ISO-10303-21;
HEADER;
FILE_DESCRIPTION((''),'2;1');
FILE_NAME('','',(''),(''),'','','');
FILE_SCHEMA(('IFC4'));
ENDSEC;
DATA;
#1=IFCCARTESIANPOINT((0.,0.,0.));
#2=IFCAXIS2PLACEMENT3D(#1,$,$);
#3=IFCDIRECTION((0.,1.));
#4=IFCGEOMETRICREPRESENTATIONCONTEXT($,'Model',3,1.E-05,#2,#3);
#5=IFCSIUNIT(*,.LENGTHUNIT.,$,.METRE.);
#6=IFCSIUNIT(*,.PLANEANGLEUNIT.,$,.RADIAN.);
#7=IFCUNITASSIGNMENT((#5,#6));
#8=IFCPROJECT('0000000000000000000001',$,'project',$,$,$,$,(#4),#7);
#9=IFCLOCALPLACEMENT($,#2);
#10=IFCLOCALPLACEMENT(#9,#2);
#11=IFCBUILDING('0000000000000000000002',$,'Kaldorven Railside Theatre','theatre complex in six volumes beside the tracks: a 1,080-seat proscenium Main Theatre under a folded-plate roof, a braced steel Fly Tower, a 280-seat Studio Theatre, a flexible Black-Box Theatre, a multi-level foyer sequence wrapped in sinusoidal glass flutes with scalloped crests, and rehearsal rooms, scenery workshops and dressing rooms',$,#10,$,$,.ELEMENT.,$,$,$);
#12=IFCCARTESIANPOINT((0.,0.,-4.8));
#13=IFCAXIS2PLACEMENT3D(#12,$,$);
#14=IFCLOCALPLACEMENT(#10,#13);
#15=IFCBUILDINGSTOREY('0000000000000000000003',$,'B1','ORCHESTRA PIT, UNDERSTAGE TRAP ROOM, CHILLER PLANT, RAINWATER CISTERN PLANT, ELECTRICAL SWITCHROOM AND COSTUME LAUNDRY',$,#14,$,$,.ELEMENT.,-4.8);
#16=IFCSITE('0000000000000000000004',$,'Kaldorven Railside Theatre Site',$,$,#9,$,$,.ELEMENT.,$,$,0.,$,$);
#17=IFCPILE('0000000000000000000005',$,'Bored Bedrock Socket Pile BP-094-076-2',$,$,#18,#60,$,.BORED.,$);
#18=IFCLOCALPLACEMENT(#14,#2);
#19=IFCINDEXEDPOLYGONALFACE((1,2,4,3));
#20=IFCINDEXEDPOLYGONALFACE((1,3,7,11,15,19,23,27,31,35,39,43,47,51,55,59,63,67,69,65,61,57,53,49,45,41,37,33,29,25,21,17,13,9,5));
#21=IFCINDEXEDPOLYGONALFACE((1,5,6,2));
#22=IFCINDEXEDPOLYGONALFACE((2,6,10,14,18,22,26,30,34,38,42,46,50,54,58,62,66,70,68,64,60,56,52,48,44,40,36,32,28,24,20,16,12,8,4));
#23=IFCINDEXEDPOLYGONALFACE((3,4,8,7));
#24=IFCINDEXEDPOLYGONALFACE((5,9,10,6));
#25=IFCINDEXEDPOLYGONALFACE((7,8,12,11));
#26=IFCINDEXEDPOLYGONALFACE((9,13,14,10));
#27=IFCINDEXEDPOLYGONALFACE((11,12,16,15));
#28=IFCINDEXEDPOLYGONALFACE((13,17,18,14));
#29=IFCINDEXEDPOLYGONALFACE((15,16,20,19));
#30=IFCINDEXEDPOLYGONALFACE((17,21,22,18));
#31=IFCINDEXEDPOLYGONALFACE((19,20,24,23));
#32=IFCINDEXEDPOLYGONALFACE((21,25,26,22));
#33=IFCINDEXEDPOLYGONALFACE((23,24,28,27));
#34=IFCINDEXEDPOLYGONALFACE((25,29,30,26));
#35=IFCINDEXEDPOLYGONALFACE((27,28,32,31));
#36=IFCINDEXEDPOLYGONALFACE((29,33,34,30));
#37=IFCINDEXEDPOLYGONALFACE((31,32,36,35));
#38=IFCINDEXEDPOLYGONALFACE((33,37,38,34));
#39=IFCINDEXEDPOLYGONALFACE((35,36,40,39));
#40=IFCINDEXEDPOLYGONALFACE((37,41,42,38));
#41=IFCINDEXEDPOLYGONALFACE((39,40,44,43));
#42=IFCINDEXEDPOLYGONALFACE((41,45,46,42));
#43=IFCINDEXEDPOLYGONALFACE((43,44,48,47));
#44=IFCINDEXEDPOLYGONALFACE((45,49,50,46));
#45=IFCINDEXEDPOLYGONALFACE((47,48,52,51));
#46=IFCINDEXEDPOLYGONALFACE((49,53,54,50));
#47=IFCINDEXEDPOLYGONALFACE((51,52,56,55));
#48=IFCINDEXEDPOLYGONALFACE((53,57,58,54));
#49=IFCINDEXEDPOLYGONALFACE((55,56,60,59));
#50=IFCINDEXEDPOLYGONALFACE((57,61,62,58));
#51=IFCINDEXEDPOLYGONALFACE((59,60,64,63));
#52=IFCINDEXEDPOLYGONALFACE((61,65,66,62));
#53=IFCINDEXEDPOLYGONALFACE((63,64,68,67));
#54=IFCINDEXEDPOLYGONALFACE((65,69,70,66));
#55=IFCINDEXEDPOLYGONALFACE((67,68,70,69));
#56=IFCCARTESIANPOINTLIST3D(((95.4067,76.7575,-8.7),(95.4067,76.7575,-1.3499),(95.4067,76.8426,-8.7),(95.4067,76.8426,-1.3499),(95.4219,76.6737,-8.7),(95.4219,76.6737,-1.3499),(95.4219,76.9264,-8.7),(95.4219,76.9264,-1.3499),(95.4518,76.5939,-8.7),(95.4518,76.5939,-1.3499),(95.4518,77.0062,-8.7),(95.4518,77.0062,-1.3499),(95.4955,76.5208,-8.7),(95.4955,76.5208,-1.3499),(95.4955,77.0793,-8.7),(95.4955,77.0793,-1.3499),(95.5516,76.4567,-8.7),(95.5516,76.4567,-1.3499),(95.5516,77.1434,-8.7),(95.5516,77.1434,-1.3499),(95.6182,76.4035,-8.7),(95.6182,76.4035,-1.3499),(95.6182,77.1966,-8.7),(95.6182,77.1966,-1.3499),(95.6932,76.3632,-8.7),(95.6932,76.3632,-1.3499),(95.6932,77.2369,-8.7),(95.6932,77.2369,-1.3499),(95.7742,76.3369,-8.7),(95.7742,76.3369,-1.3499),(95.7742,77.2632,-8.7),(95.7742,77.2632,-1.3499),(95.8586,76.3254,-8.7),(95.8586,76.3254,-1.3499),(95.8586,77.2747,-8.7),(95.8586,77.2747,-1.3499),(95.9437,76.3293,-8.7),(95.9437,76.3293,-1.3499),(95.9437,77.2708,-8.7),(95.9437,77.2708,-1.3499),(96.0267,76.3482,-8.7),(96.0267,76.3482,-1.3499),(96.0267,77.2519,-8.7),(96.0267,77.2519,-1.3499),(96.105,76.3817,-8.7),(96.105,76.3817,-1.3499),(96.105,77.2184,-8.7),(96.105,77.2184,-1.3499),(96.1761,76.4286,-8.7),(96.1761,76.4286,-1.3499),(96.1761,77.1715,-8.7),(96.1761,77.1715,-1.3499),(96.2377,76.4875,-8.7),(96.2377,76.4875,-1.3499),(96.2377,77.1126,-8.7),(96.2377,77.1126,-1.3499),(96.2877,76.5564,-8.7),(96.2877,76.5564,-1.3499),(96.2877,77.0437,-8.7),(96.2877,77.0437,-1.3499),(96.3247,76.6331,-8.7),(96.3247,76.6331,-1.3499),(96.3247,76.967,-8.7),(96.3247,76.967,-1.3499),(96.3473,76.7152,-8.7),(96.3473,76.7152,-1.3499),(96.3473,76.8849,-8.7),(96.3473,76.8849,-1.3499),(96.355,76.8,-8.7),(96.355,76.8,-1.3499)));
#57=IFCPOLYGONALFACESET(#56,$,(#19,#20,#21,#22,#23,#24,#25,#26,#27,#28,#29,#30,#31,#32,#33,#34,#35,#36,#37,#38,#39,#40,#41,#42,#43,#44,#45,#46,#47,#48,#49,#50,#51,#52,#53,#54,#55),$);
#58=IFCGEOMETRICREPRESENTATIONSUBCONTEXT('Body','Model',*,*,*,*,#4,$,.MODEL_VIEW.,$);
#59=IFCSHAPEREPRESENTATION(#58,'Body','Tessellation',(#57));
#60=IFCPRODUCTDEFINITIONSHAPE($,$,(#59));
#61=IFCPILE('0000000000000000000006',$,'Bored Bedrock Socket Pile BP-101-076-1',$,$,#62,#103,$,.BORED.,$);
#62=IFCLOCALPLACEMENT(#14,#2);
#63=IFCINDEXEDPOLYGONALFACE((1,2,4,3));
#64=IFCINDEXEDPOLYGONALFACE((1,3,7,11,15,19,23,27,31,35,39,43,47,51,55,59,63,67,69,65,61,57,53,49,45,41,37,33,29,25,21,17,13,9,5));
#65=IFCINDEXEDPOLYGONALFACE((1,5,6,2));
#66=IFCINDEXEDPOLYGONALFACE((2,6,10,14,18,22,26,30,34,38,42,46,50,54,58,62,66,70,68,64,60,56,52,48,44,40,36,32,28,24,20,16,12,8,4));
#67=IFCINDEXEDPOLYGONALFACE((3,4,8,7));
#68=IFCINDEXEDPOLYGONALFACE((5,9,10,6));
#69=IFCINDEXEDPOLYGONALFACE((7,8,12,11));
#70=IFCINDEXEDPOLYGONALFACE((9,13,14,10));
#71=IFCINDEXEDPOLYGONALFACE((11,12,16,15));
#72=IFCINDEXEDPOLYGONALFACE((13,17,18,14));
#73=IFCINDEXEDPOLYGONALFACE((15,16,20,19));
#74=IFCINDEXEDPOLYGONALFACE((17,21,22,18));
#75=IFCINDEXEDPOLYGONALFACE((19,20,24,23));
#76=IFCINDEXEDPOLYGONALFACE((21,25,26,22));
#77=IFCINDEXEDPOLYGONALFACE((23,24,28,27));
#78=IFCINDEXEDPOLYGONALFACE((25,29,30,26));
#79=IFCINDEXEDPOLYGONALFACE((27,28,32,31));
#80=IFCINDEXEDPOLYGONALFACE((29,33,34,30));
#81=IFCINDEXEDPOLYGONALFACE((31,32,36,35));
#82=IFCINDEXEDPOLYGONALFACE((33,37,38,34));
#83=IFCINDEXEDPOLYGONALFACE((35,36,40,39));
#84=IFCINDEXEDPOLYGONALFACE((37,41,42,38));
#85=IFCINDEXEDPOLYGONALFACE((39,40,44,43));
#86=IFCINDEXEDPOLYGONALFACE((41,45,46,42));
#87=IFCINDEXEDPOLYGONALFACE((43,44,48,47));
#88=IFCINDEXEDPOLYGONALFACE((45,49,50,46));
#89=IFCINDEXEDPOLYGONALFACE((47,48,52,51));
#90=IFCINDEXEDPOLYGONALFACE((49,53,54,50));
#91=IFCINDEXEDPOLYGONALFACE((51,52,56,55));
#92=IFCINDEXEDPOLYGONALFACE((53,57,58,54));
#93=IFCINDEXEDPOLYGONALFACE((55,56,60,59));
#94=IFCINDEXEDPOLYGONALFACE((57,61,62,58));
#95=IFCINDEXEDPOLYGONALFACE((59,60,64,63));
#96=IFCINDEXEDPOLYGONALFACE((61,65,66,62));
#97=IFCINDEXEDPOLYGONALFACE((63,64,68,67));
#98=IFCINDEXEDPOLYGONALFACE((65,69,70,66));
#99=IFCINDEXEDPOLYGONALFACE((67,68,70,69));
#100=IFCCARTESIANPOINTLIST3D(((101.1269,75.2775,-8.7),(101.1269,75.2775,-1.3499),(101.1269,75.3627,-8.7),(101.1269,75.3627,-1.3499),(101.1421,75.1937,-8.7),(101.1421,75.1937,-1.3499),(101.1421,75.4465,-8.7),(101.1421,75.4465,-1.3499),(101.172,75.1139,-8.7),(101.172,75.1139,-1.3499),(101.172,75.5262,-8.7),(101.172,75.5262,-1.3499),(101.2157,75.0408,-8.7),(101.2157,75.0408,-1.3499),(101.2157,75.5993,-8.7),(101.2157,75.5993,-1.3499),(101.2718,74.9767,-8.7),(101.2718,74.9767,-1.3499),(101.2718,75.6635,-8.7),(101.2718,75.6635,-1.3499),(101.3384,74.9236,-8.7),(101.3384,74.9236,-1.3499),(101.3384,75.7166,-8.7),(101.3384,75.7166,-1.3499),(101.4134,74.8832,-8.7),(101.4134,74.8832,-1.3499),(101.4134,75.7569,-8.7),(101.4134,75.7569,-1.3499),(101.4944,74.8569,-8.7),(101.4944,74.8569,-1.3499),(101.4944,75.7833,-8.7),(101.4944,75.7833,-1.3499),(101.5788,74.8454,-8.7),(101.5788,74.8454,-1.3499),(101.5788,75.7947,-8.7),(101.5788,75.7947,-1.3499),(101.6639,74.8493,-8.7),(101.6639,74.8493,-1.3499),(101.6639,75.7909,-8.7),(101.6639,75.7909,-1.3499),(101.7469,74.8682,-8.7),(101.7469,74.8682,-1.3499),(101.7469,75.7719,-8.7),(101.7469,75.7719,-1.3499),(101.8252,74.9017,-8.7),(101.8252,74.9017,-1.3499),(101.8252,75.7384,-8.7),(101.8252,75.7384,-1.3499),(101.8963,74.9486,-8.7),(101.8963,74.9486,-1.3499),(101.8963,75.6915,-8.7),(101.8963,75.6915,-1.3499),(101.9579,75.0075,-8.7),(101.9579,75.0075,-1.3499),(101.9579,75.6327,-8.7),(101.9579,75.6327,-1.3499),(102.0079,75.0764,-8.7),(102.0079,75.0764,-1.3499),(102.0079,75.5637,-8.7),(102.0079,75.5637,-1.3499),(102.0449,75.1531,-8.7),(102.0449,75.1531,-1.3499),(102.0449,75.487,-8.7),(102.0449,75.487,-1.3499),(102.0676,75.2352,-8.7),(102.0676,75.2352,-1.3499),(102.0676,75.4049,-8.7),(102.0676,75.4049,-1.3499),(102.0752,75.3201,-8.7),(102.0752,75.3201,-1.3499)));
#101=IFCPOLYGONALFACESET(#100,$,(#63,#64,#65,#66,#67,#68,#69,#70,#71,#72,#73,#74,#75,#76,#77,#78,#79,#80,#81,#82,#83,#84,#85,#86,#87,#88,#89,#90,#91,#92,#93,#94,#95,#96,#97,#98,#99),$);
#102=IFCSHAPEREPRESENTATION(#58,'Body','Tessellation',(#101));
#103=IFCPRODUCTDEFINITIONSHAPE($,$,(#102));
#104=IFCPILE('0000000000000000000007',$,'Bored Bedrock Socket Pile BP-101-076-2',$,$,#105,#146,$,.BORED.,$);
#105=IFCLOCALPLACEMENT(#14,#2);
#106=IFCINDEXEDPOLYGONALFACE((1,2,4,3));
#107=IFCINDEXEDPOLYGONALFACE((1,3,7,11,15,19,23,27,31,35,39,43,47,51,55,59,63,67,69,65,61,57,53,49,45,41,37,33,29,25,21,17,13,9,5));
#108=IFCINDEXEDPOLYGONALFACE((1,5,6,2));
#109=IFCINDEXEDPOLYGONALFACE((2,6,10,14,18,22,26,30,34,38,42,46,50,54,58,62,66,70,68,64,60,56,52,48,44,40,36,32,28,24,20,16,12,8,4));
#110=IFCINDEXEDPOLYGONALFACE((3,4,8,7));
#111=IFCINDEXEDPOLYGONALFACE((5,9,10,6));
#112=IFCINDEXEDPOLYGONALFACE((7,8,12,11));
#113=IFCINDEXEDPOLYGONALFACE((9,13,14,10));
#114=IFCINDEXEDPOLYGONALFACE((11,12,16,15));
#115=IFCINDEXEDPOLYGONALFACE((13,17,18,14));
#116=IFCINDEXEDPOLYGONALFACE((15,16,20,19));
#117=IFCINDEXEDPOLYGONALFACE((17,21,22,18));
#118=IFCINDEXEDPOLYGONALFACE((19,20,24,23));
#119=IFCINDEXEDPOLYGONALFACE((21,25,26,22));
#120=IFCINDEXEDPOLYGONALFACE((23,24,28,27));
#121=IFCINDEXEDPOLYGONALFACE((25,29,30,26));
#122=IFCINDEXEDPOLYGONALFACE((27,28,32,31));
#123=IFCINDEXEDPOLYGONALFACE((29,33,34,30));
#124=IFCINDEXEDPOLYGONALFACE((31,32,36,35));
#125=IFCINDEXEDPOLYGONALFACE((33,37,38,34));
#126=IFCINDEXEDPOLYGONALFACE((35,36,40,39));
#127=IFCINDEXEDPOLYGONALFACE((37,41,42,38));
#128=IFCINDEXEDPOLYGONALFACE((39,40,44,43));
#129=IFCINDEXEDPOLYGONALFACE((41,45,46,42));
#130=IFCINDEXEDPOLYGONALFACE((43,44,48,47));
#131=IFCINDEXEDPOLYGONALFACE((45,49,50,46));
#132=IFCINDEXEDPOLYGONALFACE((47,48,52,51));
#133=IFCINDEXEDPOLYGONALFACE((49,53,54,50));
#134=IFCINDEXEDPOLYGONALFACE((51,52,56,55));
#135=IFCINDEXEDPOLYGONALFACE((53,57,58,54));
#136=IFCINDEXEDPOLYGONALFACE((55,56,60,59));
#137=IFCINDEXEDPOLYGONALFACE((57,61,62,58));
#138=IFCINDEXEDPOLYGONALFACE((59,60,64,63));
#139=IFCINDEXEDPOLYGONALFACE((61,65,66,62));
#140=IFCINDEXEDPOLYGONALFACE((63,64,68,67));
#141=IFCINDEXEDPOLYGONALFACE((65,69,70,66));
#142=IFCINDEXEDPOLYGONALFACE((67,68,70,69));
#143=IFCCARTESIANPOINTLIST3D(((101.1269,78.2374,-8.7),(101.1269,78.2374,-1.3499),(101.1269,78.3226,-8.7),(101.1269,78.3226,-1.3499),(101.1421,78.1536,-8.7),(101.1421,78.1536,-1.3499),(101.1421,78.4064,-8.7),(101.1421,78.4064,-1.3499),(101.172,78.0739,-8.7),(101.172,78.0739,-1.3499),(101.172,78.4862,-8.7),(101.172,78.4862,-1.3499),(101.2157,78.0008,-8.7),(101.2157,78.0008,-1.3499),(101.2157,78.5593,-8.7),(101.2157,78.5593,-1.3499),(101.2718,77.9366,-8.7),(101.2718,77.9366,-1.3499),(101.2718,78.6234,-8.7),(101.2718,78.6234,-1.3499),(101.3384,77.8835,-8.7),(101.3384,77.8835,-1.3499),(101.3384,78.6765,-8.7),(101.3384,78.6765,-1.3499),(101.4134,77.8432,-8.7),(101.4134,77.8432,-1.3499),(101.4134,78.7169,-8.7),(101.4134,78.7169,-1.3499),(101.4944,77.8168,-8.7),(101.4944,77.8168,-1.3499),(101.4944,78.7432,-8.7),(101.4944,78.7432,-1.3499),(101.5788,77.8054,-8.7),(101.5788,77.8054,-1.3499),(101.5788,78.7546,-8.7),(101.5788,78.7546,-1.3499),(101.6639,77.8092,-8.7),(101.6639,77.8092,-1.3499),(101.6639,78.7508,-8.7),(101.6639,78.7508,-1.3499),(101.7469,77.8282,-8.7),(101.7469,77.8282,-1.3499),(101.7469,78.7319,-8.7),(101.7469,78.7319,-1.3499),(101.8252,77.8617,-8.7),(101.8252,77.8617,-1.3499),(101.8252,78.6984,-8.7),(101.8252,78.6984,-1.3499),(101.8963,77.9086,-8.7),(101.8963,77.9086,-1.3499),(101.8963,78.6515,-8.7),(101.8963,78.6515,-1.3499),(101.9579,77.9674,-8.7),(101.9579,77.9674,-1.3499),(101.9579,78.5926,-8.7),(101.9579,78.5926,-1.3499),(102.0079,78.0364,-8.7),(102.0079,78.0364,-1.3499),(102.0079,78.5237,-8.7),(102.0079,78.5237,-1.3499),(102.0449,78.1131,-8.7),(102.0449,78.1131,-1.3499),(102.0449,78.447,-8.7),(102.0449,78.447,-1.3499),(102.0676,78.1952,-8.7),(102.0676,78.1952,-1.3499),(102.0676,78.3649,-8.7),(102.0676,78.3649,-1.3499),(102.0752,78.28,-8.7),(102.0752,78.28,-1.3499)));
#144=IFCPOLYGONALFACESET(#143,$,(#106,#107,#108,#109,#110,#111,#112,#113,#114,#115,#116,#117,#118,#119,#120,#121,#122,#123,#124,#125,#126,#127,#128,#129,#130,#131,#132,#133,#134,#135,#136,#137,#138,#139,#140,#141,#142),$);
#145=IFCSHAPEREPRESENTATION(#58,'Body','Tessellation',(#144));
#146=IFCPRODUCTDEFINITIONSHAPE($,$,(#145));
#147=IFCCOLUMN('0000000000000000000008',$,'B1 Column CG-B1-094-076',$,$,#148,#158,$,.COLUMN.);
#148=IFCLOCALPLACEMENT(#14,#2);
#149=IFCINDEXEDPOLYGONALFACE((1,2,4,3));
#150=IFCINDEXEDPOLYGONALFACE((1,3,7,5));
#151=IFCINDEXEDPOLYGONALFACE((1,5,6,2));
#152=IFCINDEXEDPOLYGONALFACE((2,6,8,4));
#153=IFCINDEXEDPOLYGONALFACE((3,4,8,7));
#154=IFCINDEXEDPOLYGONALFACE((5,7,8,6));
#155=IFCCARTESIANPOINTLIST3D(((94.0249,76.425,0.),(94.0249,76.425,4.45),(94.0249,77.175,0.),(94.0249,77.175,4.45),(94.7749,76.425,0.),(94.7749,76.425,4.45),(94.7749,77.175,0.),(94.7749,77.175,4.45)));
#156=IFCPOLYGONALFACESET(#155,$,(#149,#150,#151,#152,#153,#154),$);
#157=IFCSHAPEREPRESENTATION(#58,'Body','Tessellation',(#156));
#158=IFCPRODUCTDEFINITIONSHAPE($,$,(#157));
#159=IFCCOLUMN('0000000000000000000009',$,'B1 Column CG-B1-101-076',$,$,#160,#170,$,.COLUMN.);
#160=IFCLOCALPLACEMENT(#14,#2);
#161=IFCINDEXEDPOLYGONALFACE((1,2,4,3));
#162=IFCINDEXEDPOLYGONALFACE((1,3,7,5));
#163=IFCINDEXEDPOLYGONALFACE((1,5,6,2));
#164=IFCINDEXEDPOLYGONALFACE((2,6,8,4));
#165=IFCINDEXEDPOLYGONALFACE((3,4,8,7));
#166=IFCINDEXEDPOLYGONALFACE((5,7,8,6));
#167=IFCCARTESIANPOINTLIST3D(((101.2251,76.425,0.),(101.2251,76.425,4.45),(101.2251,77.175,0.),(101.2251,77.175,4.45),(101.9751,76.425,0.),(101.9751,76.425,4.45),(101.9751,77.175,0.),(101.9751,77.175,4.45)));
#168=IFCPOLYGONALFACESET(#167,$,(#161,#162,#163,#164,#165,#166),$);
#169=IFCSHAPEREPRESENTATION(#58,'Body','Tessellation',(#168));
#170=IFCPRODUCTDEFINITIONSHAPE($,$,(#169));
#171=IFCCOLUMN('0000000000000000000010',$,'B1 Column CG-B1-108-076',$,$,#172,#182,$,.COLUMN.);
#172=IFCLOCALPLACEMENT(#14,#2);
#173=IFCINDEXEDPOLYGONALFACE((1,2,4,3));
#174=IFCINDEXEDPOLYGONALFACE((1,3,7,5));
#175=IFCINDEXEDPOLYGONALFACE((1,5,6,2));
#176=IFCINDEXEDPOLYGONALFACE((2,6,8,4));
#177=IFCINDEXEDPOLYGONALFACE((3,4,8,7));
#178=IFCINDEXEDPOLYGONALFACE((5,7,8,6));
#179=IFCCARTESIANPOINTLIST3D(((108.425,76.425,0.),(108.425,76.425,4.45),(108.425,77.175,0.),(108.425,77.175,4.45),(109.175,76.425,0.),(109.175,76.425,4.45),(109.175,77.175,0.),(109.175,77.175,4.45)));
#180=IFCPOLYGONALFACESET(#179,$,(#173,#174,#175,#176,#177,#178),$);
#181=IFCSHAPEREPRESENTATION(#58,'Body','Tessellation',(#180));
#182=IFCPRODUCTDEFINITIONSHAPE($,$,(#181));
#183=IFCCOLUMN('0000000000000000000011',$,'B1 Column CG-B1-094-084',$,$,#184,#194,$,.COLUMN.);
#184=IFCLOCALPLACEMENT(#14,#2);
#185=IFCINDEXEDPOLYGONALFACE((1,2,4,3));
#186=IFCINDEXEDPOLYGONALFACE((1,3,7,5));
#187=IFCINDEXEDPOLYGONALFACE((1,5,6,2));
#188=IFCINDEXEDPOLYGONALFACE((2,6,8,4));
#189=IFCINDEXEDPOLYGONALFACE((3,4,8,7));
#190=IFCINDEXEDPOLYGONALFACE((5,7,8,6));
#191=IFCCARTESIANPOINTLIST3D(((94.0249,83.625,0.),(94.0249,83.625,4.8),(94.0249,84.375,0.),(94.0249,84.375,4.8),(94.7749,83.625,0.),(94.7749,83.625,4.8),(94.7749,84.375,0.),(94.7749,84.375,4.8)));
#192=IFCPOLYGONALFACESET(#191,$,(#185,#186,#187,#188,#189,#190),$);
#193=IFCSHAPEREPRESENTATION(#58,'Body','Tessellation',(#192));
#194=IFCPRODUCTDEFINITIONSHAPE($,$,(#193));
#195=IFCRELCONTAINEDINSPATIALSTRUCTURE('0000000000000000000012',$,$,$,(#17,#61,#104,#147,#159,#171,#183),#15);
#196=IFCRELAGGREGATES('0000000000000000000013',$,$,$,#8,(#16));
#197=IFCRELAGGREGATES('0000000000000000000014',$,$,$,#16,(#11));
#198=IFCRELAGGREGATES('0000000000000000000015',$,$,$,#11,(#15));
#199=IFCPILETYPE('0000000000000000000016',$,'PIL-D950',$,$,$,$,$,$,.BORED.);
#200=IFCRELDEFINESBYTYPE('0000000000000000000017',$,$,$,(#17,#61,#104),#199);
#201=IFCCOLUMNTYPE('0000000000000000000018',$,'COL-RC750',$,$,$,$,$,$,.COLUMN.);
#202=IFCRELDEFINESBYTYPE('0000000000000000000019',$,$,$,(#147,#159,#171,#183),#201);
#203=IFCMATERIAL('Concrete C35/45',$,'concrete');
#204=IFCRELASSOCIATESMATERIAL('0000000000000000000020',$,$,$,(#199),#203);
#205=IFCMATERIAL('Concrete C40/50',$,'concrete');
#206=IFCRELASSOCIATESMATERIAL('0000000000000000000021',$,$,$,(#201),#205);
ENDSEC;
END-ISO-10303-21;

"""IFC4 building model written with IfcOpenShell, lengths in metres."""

from ifc_helpers import new_model, si_unit, direction, frame, origin, origin_2d, place, context, subcontext, project, spatial, rectangle, circle, extrude, material, material_profile, profile_set, type_object, element, save


model = new_model("IFC4")

# Units and contexts
model_context = context("Model", 3, precision=1e-05, world=origin(), true_north=direction((0.0, 1.0)))
body_context = subcontext(model_context, "Body", "Model", "MODEL_VIEW")
ifc_project = project(units=[si_unit("LENGTHUNIT", "METRE"), si_unit("PLANEANGLEUNIT", "RADIAN")], contexts=[model_context])

# Site, building, storey
site_placement = place(None, origin())
site = spatial("IfcSite", under=ifc_project, at=site_placement, Name="Kaldorven Railside Theatre Site", CompositionType="ELEMENT", RefElevation=0.0)
building_placement = place(site_placement, origin())
building = spatial("IfcBuilding", under=site, at=building_placement, Name="Kaldorven Railside Theatre", Description="theatre complex in six volumes beside the tracks: a 1,080-seat proscenium Main Theatre under a folded-plate roof, a braced steel Fly Tower, a 280-seat Studio Theatre, a flexible Black-Box Theatre, a multi-level foyer sequence wrapped in sinusoidal glass flutes with scalloped crests, and rehearsal rooms, scenery workshops and dressing rooms", CompositionType="ELEMENT")
storey_placement = place(building_placement, frame((0.0, 0.0, -4.8)))
storey = spatial("IfcBuildingStorey", under=building, at=storey_placement, Name="B1", Description="ORCHESTRA PIT, UNDERSTAGE TRAP ROOM, CHILLER PLANT, RAINWATER CISTERN PLANT, ELECTRICAL SWITCHROOM AND COSTUME LAUNDRY", CompositionType="ELEMENT", Elevation=-4.8)

# Shared definitions
ifc_material_1 = material(Name="Concrete C40/50", Category="concrete")

# Piles
ifc_material_2 = material(Name="Concrete C35/45", Category="concrete")
ifc_material_profile_1 = material_profile(ifc_material_2, circle(Radius=0.4751, at=origin_2d()), Name="BP D950")
ifc_profile_set_1 = profile_set([ifc_material_profile_1], Name="Concrete C35/45")
pile_type_1 = type_object("IfcPileType", Name="PIL-D950", PredefinedType="BORED", material=ifc_profile_set_1)
for number, where, z_axis, x_axis, name in (
    (1, (95.8799, 76.8, -1.3499), (0.0, 0.0, -1.0), (1.0, 0.0, 0.0), "Bored Bedrock Socket Pile BP-094-076-2"),
    (2, (101.6001, 75.3201, -1.3499), (0.0, 0.0, -1.0), (1.0, 0.0, 0.0), "Bored Bedrock Socket Pile BP-101-076-1"),
    (3, (101.6001, 78.28, -1.3499), (0.0, 0.0, -1.0), (1.0, 0.0, 0.0), "Bored Bedrock Socket Pile BP-101-076-2"),
):
    element("IfcPile", number, at=place(storey_placement, frame(where, z_axis=z_axis, x_axis=x_axis)), inside=storey, type_object=pile_type_1, Name=name, PredefinedType="BORED", context=body_context, shape_type="SweptSolid", body=[
        extrude(circle(Radius=0.4751, at=origin_2d()), origin(), (0.0, 0.0, 1.0), 7.3501),
    ])

# Columns
ifc_material_profile_2 = material_profile(ifc_material_1, rectangle(XDim=0.75, YDim=0.75, at=origin_2d()), Name="RC 750x750")
ifc_profile_set_2 = profile_set([ifc_material_profile_2], Name="Concrete C40/50")
column_type = type_object("IfcColumnType", Name="COL-RC750", PredefinedType="COLUMN", material=ifc_profile_set_2)
for number, where, z_axis, x_axis, name in (
    (4, (94.3999, 76.8, 0.0), (0.0, 0.0, 1.0), (0.0, 1.0, 0.0), "B1 Column CG-B1-094-076"),
    (5, (101.6001, 76.8, 0.0), (0.0, 0.0, 1.0), (1.0, 0.0, 0.0), "B1 Column CG-B1-101-076"),
    (6, (108.8, 76.8, 0.0), (0.0, 0.0, 1.0), (0.0, 1.0, 0.0), "B1 Column CG-B1-108-076"),
):
    element("IfcColumn", number, at=place(storey_placement, frame(where, z_axis=z_axis, x_axis=x_axis)), inside=storey, type_object=column_type, Name=name, PredefinedType="COLUMN", context=body_context, shape_type="SweptSolid", body=[
        extrude(rectangle(XDim=0.75, YDim=0.75, at=origin_2d()), origin(), (0.0, 0.0, 1.0), 4.45),
    ])
column_placement = place(storey_placement, frame((94.3999, 84.0, 0.0), z_axis=(0.0, 0.0, 1.0), x_axis=(1.0, 0.0, 0.0)))
element("IfcColumn", 7, at=column_placement, inside=storey, type_object=column_type, Name="B1 Column CG-B1-094-084", PredefinedType="COLUMN", context=body_context, shape_type="SweptSolid", body=[
    extrude(rectangle(XDim=0.75, YDim=0.75, at=origin_2d()), origin(), (0.0, 0.0, 1.0), 4.8),
])

save(model, "model.ifc")
